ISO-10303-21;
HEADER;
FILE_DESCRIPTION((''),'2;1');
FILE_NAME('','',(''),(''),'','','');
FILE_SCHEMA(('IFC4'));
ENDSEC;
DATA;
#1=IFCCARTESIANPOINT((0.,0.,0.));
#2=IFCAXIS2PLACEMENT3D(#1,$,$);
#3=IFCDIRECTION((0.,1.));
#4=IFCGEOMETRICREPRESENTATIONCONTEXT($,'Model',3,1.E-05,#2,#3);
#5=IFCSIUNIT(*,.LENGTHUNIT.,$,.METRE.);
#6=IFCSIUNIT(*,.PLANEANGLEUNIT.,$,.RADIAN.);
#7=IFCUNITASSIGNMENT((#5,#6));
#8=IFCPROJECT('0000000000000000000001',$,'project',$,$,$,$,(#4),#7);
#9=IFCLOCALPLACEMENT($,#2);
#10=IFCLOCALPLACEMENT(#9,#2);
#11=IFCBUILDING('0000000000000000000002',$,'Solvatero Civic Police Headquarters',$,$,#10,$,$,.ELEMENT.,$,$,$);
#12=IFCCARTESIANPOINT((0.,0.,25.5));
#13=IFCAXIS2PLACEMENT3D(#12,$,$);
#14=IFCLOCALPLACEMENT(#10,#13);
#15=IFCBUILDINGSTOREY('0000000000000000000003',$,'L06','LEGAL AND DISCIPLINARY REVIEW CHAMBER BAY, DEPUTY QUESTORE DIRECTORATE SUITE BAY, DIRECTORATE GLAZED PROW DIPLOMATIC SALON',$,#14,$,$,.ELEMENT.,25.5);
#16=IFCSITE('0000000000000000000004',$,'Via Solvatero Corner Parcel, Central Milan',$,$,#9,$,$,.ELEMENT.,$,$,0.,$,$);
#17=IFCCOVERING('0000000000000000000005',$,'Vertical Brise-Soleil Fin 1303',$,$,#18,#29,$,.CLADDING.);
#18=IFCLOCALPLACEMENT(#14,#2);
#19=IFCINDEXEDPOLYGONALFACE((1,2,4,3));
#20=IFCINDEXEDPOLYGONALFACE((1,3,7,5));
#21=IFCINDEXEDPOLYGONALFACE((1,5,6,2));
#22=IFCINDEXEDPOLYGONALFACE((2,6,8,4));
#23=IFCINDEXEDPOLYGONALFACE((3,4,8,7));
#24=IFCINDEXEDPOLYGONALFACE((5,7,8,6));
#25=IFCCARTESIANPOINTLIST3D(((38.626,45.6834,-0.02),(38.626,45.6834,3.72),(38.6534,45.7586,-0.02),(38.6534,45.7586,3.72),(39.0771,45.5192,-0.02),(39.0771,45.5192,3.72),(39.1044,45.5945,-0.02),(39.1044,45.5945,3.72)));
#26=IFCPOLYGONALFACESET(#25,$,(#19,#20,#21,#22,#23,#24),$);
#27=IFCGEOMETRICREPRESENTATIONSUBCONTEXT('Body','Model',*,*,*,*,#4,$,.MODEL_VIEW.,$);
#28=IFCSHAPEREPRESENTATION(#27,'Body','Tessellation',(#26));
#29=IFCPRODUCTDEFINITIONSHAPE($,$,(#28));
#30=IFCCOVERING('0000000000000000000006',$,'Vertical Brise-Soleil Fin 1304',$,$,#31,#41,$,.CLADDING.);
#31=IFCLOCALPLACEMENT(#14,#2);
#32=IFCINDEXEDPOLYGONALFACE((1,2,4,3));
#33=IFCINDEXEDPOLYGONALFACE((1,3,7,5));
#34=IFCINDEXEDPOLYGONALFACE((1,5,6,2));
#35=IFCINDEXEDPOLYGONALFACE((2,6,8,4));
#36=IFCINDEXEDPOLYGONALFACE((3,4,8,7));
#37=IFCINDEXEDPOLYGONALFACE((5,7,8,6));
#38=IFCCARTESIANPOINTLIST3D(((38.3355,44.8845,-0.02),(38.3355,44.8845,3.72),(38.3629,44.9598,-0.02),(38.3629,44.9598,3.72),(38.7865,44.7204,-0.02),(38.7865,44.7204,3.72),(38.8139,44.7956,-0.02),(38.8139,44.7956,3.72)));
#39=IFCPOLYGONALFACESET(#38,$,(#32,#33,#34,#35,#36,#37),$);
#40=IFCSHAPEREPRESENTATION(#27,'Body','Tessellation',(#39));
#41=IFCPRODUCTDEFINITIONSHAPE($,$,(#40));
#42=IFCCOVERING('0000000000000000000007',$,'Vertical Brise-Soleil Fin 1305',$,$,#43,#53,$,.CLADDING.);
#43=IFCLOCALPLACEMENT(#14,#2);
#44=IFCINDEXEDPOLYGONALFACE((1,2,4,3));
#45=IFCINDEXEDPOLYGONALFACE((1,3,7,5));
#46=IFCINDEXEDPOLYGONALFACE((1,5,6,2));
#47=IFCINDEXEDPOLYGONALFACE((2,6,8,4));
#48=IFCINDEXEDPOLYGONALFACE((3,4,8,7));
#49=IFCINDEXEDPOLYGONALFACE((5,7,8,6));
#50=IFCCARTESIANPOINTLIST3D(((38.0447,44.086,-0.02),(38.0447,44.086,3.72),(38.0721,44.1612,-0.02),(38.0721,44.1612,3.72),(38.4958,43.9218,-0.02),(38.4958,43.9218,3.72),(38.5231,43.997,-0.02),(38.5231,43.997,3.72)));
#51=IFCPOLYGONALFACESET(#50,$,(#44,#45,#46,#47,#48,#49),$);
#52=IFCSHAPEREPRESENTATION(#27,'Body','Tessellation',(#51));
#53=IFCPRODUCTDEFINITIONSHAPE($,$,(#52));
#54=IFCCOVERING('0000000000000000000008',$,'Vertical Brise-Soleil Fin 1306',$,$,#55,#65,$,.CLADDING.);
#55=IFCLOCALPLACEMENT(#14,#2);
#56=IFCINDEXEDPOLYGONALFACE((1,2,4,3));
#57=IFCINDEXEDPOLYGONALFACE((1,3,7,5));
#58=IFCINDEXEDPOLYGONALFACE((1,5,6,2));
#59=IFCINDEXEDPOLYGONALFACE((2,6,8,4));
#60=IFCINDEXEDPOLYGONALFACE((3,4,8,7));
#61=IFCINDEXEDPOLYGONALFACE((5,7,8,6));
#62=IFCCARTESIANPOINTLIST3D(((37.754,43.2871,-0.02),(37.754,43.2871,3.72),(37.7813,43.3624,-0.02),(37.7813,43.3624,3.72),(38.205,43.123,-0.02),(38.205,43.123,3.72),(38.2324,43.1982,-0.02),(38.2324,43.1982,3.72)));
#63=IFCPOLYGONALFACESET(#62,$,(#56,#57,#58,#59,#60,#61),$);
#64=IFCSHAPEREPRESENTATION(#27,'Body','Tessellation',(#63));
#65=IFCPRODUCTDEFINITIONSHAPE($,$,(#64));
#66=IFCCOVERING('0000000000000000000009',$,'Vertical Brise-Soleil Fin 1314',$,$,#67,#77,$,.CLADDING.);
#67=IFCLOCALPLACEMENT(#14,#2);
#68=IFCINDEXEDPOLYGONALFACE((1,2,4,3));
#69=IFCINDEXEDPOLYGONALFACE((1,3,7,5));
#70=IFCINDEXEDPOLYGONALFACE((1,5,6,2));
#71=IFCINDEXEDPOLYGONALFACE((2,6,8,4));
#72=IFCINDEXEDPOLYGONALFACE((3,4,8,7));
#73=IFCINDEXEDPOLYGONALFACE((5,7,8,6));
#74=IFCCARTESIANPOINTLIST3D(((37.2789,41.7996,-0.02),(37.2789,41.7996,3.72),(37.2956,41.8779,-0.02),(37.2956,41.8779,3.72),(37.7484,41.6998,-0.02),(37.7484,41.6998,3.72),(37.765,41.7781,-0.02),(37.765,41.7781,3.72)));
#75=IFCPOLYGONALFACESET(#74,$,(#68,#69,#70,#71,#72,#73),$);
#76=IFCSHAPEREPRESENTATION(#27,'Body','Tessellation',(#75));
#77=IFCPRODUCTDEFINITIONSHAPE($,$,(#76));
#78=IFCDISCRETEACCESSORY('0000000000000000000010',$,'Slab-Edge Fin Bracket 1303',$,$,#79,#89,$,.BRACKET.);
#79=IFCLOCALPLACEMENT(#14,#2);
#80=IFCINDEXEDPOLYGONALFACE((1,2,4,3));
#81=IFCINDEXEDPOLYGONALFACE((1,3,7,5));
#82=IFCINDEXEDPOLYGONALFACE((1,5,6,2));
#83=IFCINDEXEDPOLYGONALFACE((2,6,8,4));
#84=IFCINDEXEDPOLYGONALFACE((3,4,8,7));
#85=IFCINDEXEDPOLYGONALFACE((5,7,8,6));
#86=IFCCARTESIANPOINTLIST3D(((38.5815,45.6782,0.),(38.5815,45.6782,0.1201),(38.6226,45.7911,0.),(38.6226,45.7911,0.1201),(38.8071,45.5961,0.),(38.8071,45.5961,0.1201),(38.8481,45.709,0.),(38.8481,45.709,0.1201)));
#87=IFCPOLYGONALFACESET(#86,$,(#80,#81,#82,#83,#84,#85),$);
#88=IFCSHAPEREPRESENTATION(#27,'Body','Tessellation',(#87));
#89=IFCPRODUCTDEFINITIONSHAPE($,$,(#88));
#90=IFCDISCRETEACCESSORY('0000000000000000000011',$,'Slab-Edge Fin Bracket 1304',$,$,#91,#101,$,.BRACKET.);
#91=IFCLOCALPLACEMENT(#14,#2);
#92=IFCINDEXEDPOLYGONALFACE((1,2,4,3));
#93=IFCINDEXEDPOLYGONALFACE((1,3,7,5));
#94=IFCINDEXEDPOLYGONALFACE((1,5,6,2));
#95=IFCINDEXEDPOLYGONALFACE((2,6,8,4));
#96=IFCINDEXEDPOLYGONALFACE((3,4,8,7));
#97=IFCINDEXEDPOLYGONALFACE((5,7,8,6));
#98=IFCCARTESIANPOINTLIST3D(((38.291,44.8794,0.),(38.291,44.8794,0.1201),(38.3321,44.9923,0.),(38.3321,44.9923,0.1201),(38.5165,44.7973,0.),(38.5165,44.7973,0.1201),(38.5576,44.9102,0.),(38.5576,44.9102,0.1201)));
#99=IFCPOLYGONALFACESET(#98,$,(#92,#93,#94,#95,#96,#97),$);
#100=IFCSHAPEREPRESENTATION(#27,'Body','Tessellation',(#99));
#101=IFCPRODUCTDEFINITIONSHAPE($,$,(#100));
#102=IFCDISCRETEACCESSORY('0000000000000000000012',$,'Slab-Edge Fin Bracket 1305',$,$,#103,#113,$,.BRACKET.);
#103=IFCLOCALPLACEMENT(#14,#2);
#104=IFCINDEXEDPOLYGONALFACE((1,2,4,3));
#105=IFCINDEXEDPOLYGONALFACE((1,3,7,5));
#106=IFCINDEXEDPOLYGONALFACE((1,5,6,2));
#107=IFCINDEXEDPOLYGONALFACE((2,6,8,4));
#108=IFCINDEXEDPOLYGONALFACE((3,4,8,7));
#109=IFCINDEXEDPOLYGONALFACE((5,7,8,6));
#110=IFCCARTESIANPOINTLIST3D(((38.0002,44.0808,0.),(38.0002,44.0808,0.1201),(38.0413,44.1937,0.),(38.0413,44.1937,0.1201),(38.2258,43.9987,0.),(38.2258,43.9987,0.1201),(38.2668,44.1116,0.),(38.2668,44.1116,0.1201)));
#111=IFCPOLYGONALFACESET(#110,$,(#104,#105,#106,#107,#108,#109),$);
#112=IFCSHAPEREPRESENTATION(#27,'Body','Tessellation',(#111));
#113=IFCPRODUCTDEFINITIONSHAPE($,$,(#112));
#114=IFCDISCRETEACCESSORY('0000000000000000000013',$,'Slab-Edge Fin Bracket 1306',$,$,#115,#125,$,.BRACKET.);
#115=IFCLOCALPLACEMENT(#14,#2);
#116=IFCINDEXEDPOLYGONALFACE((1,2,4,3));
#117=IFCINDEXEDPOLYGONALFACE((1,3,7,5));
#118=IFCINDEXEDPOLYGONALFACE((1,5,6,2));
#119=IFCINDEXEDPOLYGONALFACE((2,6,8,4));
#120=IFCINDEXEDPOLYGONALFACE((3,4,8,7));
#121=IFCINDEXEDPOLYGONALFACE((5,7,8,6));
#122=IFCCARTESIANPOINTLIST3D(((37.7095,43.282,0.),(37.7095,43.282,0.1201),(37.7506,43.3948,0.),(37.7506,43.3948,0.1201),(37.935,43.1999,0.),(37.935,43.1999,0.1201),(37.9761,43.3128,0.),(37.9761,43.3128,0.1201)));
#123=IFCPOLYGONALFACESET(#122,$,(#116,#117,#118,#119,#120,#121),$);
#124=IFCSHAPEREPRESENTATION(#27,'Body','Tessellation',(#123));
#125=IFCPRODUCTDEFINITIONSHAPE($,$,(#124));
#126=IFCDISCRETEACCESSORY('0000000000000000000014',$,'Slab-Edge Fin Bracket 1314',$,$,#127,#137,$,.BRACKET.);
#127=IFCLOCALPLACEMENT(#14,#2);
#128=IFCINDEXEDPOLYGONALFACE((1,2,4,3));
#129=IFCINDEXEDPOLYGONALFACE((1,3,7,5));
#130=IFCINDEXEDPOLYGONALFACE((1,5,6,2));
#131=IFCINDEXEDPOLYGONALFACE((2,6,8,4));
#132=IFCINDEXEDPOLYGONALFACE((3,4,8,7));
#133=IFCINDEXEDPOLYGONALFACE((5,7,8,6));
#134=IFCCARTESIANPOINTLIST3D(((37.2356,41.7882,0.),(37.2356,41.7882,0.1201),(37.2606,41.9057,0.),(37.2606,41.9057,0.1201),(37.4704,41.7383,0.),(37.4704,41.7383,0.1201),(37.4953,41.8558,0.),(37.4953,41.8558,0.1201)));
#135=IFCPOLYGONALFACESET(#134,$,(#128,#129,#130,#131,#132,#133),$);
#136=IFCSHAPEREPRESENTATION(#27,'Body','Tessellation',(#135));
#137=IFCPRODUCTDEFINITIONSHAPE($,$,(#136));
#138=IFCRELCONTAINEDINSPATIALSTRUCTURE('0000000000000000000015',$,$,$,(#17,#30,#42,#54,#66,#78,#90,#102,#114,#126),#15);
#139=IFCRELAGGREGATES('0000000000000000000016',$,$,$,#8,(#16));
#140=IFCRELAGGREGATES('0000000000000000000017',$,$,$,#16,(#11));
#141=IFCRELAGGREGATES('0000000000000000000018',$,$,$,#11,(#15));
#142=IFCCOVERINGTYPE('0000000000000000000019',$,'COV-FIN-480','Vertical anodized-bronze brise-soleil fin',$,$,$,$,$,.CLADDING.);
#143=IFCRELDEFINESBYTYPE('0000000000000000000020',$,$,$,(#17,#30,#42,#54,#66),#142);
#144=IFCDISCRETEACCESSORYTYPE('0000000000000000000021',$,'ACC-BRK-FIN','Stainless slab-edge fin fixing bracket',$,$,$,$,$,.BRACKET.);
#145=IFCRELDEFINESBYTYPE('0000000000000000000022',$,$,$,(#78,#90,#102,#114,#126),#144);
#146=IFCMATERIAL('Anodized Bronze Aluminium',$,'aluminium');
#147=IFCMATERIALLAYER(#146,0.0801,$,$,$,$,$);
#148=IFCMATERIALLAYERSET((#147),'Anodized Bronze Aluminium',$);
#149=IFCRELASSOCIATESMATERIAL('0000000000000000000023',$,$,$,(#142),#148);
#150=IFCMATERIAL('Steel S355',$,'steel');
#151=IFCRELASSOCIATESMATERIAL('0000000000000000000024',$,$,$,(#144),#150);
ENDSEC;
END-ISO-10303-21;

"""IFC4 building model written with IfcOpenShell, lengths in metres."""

from ifc_helpers import new_model, si_unit, direction, frame, origin, origin_2d, place, context, subcontext, project, spatial, rectangle, extrude, material, layer, layer_set, type_object, element, save


model = new_model("IFC4")

# Units and contexts
model_context = context("Model", 3, precision=1e-05, world=origin(), true_north=direction((0.0, 1.0)))
body_context = subcontext(model_context, "Body", "Model", "MODEL_VIEW")
ifc_project = project(units=[si_unit("LENGTHUNIT", "METRE"), si_unit("PLANEANGLEUNIT", "RADIAN")], contexts=[model_context])

# Site, building, storey
site_placement = place(None, origin())
site = spatial("IfcSite", under=ifc_project, at=site_placement, Name="Via Solvatero Corner Parcel, Central Milan", CompositionType="ELEMENT", RefElevation=0.0)
building_placement = place(site_placement, origin())
building = spatial("IfcBuilding", under=site, at=building_placement, Name="Solvatero Civic Police Headquarters", CompositionType="ELEMENT")
storey_placement = place(building_placement, frame((0.0, 0.0, 25.5)))
storey = spatial("IfcBuildingStorey", under=building, at=storey_placement, Name="L06", Description="LEGAL AND DISCIPLINARY REVIEW CHAMBER BAY, DEPUTY QUESTORE DIRECTORATE SUITE BAY, DIRECTORATE GLAZED PROW DIPLOMATIC SALON", CompositionType="ELEMENT", Elevation=25.5)

# Shared definitions
ifc_material_1 = material(Name="Steel S355", Category="steel")

# Shared definitions
ifc_material_2 = material(Name="Anodized Bronze Aluminium", Category="aluminium")

# Coverings
ifc_layer_1 = layer(ifc_material_2, 0.0801)
ifc_layer_set_1 = layer_set([ifc_layer_1], Name="Anodized Bronze Aluminium")
covering_type = type_object("IfcCoveringType", Name="COV-FIN-480", Description="Vertical anodized-bronze brise-soleil fin", PredefinedType="CLADDING", material=ifc_layer_set_1)
for number, where, z_axis, x_axis, name in (
    (1, (38.8652, 45.6389, -0.02), (0.0, 0.0, 1.0), (-0.34202, -0.939693, 0.0), "Vertical Brise-Soleil Fin 1303"),
    (2, (38.5747, 44.8401, -0.02), (0.0, 0.0, 1.0), (-0.34202, -0.939693, 0.0), "Vertical Brise-Soleil Fin 1304"),
    (3, (38.2839, 44.0415, -0.02), (0.0, 0.0, 1.0), (-0.34202, -0.939693, 0.0), "Vertical Brise-Soleil Fin 1305"),
    (4, (37.9932, 43.2427, -0.02), (0.0, 0.0, 1.0), (-0.34202, -0.939693, 0.0), "Vertical Brise-Soleil Fin 1306"),
    (5, (37.522, 41.7888, -0.02), (0.0, 0.0, 1.0), (-0.207912, -0.978148, 0.0), "Vertical Brise-Soleil Fin 1314"),
):
    element("IfcCovering", number, at=place(storey_placement, frame(where, z_axis=z_axis, x_axis=x_axis)), inside=storey, type_object=covering_type, Name=name, PredefinedType="CLADDING", context=body_context, shape_type="SweptSolid", body=[
        extrude(rectangle(XDim=0.0801, YDim=0.48, at=origin_2d()), origin(), (0.0, 0.0, 1.0), 3.74),
    ])

# Discrete accessories
discrete_accessory_type = type_object("IfcDiscreteAccessoryType", Name="ACC-BRK-FIN", Description="Stainless slab-edge fin fixing bracket", PredefinedType="BRACKET", material=ifc_material_1)
for number, where, z_axis, x_axis, name in (
    (6, (38.7148, 45.6936, 0.0), (0.0, 0.0, 1.0), (-0.34202, -0.939693, 0.0), "Slab-Edge Fin Bracket 1303"),
    (7, (38.4243, 44.8948, 0.0), (0.0, 0.0, 1.0), (-0.34202, -0.939693, 0.0), "Slab-Edge Fin Bracket 1304"),
    (8, (38.1335, 44.0962, 0.0), (0.0, 0.0, 1.0), (-0.34202, -0.939693, 0.0), "Slab-Edge Fin Bracket 1305"),
    (9, (37.8428, 43.2974, 0.0), (0.0, 0.0, 1.0), (-0.34202, -0.939693, 0.0), "Slab-Edge Fin Bracket 1306"),
    (10, (37.3655, 41.822, 0.0), (0.0, 0.0, 1.0), (-0.207912, -0.978148, 0.0), "Slab-Edge Fin Bracket 1314"),
):
    element("IfcDiscreteAccessory", number, at=place(storey_placement, frame(where, z_axis=z_axis, x_axis=x_axis)), inside=storey, type_object=discrete_accessory_type, Name=name, PredefinedType="BRACKET", context=body_context, shape_type="SweptSolid", body=[
        extrude(rectangle(XDim=0.1201, YDim=0.24, at=origin_2d()), origin(), (0.0, 0.0, 1.0), 0.1201),
    ])

save(model, "model.ifc")
